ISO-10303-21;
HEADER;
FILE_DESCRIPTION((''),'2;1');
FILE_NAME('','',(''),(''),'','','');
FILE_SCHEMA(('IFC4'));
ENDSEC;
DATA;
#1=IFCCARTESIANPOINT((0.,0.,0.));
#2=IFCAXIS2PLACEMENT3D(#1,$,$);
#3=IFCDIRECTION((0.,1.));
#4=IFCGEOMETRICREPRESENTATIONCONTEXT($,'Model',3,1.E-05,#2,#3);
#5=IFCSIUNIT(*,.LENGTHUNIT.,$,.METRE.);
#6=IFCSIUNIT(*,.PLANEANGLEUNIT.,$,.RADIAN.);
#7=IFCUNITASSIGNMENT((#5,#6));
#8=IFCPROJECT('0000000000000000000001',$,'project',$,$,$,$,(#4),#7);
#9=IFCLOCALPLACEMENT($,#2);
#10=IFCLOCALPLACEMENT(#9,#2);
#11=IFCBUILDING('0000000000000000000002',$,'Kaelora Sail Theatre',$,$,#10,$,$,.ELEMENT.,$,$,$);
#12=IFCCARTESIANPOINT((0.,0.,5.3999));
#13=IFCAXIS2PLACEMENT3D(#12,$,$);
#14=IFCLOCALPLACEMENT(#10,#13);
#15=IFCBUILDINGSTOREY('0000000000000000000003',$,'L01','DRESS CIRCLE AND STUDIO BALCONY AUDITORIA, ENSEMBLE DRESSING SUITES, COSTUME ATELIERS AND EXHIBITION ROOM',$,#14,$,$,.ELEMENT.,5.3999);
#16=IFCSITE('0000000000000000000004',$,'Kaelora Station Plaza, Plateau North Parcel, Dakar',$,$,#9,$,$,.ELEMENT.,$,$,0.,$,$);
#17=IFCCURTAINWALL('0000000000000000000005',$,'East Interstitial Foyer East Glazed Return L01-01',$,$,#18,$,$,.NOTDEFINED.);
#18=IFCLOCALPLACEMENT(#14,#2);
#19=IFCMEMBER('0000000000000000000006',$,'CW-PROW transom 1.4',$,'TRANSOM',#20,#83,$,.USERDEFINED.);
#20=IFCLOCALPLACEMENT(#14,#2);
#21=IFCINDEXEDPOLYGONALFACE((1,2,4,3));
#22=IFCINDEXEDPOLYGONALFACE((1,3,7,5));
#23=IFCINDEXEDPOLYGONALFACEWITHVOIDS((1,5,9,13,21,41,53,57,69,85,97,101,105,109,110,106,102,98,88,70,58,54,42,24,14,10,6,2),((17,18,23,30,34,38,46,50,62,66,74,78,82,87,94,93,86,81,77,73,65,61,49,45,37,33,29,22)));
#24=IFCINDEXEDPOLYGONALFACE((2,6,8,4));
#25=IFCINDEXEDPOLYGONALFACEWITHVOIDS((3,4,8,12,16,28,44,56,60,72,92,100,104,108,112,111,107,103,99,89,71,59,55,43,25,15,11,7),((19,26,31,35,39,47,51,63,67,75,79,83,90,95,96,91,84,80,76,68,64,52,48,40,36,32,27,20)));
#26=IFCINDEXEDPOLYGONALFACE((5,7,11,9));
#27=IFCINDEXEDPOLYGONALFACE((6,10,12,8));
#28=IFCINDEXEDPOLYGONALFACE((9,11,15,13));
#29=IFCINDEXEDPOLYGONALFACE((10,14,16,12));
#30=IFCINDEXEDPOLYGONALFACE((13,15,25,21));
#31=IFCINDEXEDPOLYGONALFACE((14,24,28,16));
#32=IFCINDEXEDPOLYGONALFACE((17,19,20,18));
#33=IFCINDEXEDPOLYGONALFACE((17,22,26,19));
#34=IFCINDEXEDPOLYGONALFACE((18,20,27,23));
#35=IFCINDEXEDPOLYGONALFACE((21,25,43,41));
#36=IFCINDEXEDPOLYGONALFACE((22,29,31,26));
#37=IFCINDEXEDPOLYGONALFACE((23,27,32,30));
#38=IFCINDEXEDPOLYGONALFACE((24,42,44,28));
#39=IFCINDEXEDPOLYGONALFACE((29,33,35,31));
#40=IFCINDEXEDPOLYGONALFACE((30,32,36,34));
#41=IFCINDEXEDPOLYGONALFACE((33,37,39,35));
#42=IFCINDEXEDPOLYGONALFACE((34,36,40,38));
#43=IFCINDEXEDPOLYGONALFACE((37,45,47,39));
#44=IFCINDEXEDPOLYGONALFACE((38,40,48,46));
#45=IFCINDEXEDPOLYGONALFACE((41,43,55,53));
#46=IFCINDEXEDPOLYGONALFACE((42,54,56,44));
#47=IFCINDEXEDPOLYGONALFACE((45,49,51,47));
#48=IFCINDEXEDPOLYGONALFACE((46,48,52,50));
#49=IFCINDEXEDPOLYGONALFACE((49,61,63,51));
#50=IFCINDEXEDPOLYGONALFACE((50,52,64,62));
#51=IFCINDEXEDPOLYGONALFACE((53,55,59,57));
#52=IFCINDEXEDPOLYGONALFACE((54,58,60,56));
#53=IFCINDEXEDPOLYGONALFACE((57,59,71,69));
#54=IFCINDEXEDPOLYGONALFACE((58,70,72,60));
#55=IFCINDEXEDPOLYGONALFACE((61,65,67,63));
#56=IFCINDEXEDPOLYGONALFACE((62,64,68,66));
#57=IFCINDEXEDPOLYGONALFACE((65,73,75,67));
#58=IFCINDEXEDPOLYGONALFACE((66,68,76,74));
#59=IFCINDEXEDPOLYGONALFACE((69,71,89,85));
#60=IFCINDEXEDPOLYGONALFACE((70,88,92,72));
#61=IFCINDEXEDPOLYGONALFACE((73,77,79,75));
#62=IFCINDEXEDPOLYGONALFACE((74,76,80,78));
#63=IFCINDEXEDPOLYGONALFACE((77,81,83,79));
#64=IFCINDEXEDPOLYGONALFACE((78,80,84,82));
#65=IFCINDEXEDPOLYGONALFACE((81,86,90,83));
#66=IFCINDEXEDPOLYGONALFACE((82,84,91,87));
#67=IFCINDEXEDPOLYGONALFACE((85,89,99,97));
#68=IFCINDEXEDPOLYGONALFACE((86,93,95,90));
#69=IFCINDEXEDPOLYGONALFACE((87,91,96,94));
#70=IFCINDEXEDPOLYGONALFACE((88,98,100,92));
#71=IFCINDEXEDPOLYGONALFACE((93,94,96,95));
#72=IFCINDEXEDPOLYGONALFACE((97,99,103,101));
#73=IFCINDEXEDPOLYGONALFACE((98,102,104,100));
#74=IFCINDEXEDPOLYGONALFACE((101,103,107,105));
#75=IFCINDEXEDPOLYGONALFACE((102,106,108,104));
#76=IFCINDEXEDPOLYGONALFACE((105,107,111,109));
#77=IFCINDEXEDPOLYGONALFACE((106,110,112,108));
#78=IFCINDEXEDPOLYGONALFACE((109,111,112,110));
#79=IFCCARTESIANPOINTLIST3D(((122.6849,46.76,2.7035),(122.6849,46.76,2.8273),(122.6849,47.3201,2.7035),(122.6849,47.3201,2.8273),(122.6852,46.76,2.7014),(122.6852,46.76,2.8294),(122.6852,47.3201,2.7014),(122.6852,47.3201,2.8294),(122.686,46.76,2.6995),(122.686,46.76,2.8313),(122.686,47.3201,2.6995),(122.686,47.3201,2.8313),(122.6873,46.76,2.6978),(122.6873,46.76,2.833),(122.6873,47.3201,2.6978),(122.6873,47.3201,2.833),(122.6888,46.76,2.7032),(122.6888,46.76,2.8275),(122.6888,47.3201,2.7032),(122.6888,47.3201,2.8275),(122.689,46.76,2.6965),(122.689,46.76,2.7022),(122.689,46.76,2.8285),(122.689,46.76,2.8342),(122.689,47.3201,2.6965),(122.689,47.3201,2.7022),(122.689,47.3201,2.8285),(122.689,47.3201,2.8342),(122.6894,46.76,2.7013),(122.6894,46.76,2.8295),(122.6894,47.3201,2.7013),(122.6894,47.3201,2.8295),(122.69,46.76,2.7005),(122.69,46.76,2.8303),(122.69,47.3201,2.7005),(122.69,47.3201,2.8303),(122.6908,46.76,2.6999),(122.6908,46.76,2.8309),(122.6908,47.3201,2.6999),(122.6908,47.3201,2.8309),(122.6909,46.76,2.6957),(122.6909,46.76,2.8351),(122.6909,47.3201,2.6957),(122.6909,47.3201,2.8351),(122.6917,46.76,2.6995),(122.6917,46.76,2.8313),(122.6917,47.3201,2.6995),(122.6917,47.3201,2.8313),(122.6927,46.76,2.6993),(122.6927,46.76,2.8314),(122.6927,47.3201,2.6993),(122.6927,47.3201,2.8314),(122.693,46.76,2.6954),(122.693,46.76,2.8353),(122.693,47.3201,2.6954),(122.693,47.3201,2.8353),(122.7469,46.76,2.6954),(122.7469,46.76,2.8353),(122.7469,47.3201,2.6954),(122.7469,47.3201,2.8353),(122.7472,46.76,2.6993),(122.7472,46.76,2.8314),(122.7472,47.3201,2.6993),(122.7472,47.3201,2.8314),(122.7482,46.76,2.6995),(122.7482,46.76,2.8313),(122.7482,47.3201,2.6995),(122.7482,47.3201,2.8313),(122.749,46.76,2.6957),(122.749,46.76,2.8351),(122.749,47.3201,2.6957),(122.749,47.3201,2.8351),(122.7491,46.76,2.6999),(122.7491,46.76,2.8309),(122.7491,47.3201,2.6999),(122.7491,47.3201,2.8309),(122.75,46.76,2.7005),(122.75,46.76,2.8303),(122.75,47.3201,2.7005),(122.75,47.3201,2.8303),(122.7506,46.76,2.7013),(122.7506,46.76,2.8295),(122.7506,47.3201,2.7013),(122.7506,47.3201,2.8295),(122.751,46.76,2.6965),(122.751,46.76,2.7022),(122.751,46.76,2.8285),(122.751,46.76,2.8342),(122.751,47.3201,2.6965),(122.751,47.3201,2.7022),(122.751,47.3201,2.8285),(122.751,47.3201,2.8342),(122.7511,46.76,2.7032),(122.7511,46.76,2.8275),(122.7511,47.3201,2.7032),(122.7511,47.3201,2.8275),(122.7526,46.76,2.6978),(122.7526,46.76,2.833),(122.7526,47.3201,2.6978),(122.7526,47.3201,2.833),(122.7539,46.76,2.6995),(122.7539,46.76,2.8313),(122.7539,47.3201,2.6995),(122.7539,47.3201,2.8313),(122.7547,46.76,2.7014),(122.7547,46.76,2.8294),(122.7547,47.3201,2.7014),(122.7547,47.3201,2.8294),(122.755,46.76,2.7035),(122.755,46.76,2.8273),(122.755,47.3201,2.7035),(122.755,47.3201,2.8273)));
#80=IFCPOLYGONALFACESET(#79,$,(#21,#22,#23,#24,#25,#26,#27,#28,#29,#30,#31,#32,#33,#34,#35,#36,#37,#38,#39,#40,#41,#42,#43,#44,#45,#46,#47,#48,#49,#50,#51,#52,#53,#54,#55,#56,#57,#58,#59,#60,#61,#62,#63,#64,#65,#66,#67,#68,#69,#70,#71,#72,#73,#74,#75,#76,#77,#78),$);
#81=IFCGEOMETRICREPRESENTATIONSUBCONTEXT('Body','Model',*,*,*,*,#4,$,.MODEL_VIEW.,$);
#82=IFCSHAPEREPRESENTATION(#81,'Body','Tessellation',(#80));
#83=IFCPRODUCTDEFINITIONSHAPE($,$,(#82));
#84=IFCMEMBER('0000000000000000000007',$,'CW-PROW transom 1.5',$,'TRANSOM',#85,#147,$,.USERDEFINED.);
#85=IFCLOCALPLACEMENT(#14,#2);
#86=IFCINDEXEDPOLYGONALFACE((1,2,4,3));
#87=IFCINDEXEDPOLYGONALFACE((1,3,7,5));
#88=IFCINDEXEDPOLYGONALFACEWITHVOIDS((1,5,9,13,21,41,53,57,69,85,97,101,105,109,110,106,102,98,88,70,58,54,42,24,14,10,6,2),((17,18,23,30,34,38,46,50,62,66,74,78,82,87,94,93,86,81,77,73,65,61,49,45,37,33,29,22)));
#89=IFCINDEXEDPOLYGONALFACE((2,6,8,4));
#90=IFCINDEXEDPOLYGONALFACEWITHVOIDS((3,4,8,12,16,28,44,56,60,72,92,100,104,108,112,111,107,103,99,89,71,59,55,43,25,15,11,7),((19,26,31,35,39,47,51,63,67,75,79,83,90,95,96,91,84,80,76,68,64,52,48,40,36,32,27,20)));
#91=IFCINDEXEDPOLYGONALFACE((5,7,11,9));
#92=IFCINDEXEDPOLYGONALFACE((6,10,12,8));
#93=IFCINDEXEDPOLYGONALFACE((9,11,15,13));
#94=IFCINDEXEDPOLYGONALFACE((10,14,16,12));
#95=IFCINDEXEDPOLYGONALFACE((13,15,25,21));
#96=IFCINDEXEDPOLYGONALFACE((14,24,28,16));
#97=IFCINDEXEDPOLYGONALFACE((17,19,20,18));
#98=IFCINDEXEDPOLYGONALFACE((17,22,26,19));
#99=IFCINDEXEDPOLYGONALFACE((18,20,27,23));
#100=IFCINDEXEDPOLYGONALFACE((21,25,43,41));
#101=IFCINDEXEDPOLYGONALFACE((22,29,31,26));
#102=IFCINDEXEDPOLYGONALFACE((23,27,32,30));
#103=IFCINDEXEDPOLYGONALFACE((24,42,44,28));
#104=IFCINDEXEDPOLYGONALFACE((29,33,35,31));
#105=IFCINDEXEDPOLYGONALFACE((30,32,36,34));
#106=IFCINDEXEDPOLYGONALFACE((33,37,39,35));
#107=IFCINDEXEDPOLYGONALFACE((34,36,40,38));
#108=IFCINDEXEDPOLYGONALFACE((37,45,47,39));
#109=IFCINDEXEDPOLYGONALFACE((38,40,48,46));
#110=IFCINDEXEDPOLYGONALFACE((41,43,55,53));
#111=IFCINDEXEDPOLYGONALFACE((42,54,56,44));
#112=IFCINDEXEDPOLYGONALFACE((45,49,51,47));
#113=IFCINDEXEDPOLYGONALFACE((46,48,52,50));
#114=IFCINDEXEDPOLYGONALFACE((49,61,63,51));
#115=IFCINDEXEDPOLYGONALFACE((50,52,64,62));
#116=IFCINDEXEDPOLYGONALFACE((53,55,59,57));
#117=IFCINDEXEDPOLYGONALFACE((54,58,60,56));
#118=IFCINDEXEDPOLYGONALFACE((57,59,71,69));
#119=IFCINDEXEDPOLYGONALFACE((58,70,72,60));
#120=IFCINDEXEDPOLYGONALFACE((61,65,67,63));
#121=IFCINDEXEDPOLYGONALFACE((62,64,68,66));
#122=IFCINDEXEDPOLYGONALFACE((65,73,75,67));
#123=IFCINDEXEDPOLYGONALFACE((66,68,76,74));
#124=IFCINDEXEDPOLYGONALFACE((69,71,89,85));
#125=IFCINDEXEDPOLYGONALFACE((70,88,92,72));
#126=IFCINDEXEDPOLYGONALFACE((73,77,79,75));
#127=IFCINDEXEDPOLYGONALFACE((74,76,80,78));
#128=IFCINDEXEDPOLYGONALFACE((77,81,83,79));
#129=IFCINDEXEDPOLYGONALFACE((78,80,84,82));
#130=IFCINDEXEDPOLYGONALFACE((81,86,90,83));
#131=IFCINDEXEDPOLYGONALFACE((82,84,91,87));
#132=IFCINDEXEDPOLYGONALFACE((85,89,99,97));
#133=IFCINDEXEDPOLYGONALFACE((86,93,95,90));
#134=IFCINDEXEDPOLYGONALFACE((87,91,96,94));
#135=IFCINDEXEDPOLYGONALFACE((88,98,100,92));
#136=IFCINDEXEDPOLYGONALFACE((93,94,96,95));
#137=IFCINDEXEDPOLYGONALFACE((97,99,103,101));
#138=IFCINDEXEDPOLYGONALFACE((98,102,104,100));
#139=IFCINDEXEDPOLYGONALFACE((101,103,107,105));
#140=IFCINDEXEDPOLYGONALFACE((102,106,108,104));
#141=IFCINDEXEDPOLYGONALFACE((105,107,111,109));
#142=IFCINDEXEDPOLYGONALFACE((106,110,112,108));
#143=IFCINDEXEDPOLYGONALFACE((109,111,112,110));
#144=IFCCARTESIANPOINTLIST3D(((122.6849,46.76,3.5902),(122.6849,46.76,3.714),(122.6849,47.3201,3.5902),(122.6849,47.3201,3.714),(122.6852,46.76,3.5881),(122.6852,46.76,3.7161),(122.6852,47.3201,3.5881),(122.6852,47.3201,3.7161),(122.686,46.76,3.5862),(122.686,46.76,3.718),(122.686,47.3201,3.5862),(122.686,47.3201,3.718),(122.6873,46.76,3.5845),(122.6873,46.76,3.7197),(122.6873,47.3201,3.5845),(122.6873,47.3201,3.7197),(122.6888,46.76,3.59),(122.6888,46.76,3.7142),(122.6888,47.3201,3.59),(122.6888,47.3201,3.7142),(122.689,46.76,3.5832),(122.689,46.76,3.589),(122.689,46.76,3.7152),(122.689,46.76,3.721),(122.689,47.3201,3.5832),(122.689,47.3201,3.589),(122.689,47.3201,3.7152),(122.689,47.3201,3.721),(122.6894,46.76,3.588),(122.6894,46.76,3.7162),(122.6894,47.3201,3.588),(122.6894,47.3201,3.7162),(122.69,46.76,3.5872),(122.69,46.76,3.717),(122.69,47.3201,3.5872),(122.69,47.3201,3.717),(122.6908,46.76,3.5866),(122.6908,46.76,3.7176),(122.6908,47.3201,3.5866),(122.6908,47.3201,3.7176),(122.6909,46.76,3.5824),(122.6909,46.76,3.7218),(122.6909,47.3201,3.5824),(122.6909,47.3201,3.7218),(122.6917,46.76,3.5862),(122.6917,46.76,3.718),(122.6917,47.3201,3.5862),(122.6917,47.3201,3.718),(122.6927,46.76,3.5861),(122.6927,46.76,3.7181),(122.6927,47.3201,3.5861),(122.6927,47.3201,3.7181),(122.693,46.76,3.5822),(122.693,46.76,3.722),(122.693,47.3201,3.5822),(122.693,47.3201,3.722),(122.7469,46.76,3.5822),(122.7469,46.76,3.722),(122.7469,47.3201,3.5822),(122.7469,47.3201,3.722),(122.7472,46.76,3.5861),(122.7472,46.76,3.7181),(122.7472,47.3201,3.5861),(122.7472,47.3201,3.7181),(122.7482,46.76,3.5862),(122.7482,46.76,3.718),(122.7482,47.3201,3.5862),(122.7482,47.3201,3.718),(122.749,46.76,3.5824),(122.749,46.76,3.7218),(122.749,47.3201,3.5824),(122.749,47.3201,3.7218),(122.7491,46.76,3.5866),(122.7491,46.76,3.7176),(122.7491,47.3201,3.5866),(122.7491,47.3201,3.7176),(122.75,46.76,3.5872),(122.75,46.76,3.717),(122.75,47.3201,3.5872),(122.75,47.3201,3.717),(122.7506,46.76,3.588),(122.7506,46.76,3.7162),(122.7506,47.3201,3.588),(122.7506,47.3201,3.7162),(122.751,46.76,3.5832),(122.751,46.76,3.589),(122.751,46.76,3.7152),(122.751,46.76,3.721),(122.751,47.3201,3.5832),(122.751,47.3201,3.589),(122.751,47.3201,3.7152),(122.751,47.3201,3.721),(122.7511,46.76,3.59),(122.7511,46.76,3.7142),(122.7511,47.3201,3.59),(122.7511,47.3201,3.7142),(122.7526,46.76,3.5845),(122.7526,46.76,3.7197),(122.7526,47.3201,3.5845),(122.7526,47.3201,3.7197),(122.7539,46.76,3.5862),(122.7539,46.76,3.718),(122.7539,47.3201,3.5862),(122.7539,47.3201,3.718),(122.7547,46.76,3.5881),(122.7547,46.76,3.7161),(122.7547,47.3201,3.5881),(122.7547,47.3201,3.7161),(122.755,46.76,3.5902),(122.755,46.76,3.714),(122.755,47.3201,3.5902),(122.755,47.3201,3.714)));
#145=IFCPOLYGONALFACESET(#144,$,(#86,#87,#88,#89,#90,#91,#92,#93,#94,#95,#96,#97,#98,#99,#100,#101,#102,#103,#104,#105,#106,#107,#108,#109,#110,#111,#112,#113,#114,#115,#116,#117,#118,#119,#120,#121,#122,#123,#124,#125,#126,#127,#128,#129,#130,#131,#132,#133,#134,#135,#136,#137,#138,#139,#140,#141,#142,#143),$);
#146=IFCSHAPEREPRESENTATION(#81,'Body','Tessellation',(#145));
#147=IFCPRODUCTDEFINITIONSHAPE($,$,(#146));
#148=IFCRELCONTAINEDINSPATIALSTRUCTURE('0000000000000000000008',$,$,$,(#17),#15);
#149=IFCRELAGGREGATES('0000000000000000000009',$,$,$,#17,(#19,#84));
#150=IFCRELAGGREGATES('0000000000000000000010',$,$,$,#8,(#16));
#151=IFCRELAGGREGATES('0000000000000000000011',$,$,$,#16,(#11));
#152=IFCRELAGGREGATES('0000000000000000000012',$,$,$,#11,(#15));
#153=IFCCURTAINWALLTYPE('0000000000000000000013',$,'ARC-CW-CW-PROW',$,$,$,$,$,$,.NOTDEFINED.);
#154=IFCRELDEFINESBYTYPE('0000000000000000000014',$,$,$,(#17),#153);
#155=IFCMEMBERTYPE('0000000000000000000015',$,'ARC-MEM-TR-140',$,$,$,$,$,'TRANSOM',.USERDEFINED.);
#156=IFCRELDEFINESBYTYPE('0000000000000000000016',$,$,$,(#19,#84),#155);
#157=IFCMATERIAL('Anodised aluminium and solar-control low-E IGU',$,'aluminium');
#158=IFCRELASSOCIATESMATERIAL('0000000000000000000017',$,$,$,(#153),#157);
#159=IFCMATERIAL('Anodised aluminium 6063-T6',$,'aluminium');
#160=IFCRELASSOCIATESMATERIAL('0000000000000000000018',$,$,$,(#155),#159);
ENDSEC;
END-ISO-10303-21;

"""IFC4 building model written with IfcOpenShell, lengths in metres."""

from ifc_helpers import new_model, si_unit, direction, frame, origin, origin_2d, place, context, subcontext, project, spatial, hollow_rectangle, extrude, material, material_profile, profile_set, type_object, element, aggregate, save


model = new_model("IFC4")

# Units and contexts
model_context = context("Model", 3, precision=1e-05, world=origin(), true_north=direction((0.0, 1.0)))
body_context = subcontext(model_context, "Body", "Model", "MODEL_VIEW")
ifc_project = project(units=[si_unit("LENGTHUNIT", "METRE"), si_unit("PLANEANGLEUNIT", "RADIAN")], contexts=[model_context])

# Site, building, storey
site_placement = place(None, origin())
site = spatial("IfcSite", under=ifc_project, at=site_placement, Name="Kaelora Station Plaza, Plateau North Parcel, Dakar", CompositionType="ELEMENT", RefElevation=0.0)
building_placement = place(site_placement, origin())
building = spatial("IfcBuilding", under=site, at=building_placement, Name="Kaelora Sail Theatre", CompositionType="ELEMENT")
storey_placement = place(building_placement, frame((0.0, 0.0, 5.3999)))
storey = spatial("IfcBuildingStorey", under=building, at=storey_placement, Name="L01", Description="DRESS CIRCLE AND STUDIO BALCONY AUDITORIA, ENSEMBLE DRESSING SUITES, COSTUME ATELIERS AND EXHIBITION ROOM", CompositionType="ELEMENT", Elevation=5.3999)

# Curtain wall, members
ifc_material_1 = material(Name="Anodised aluminium and solar-control low-E IGU", Category="aluminium")
curtain_wall_type = type_object("IfcCurtainWallType", Name="ARC-CW-CW-PROW", PredefinedType="NOTDEFINED", material=ifc_material_1)
curtain_wall_1_placement = place(storey_placement, origin())
curtain_wall_1 = element("IfcCurtainWall", 1, at=curtain_wall_1_placement, inside=storey, type_object=curtain_wall_type, Name="East Interstitial Foyer East Glazed Return L01-01", PredefinedType="NOTDEFINED")
ifc_material_2 = material(Name="Anodised aluminium 6063-T6", Category="aluminium")
ifc_material_profile_1 = material_profile(ifc_material_2, hollow_rectangle(XDim=0.0701, YDim=0.1399, WallThickness=0.0039, InnerFilletRadius=0.0039, OuterFilletRadius=0.0081, at=origin_2d()), Name="ALU-TRAN 70x140x4")
ifc_profile_set_1 = profile_set([ifc_material_profile_1], Name="Anodised aluminium 6063-T6")
member_type_1 = type_object("IfcMemberType", Name="ARC-MEM-TR-140", ElementType="TRANSOM", PredefinedType="USERDEFINED", material=ifc_profile_set_1)
member_1_placement = place(storey_placement, frame((122.72, 46.76, 2.7654), z_axis=(0.0, 1.0, 0.0), x_axis=(-1.0, 0.0, 0.0)))
member_1 = element("IfcMember", 2, at=member_1_placement, type_object=member_type_1, Name="CW-PROW transom 1.4", ObjectType="TRANSOM", PredefinedType="USERDEFINED", context=body_context, shape_type="SweptSolid", body=[
    extrude(hollow_rectangle(XDim=0.0701, YDim=0.1399, WallThickness=0.0039, InnerFilletRadius=0.0039, OuterFilletRadius=0.0081, at=origin_2d()), origin(), (0.0, 0.0, 1.0), 0.5601),
])
member_2_placement = place(storey_placement, frame((122.72, 46.76, 3.6521), z_axis=(0.0, 1.0, 0.0), x_axis=(-1.0, 0.0, 0.0)))
member_2 = element("IfcMember", 3, at=member_2_placement, type_object=member_type_1, Name="CW-PROW transom 1.5", ObjectType="TRANSOM", PredefinedType="USERDEFINED", context=body_context, shape_type="SweptSolid", body=[
    extrude(hollow_rectangle(XDim=0.0701, YDim=0.1399, WallThickness=0.0039, InnerFilletRadius=0.0039, OuterFilletRadius=0.0081, at=origin_2d()), origin(), (0.0, 0.0, 1.0), 0.5601),
])

aggregate(curtain_wall_1, [member_1, member_2])

save(model, "model.ifc")
